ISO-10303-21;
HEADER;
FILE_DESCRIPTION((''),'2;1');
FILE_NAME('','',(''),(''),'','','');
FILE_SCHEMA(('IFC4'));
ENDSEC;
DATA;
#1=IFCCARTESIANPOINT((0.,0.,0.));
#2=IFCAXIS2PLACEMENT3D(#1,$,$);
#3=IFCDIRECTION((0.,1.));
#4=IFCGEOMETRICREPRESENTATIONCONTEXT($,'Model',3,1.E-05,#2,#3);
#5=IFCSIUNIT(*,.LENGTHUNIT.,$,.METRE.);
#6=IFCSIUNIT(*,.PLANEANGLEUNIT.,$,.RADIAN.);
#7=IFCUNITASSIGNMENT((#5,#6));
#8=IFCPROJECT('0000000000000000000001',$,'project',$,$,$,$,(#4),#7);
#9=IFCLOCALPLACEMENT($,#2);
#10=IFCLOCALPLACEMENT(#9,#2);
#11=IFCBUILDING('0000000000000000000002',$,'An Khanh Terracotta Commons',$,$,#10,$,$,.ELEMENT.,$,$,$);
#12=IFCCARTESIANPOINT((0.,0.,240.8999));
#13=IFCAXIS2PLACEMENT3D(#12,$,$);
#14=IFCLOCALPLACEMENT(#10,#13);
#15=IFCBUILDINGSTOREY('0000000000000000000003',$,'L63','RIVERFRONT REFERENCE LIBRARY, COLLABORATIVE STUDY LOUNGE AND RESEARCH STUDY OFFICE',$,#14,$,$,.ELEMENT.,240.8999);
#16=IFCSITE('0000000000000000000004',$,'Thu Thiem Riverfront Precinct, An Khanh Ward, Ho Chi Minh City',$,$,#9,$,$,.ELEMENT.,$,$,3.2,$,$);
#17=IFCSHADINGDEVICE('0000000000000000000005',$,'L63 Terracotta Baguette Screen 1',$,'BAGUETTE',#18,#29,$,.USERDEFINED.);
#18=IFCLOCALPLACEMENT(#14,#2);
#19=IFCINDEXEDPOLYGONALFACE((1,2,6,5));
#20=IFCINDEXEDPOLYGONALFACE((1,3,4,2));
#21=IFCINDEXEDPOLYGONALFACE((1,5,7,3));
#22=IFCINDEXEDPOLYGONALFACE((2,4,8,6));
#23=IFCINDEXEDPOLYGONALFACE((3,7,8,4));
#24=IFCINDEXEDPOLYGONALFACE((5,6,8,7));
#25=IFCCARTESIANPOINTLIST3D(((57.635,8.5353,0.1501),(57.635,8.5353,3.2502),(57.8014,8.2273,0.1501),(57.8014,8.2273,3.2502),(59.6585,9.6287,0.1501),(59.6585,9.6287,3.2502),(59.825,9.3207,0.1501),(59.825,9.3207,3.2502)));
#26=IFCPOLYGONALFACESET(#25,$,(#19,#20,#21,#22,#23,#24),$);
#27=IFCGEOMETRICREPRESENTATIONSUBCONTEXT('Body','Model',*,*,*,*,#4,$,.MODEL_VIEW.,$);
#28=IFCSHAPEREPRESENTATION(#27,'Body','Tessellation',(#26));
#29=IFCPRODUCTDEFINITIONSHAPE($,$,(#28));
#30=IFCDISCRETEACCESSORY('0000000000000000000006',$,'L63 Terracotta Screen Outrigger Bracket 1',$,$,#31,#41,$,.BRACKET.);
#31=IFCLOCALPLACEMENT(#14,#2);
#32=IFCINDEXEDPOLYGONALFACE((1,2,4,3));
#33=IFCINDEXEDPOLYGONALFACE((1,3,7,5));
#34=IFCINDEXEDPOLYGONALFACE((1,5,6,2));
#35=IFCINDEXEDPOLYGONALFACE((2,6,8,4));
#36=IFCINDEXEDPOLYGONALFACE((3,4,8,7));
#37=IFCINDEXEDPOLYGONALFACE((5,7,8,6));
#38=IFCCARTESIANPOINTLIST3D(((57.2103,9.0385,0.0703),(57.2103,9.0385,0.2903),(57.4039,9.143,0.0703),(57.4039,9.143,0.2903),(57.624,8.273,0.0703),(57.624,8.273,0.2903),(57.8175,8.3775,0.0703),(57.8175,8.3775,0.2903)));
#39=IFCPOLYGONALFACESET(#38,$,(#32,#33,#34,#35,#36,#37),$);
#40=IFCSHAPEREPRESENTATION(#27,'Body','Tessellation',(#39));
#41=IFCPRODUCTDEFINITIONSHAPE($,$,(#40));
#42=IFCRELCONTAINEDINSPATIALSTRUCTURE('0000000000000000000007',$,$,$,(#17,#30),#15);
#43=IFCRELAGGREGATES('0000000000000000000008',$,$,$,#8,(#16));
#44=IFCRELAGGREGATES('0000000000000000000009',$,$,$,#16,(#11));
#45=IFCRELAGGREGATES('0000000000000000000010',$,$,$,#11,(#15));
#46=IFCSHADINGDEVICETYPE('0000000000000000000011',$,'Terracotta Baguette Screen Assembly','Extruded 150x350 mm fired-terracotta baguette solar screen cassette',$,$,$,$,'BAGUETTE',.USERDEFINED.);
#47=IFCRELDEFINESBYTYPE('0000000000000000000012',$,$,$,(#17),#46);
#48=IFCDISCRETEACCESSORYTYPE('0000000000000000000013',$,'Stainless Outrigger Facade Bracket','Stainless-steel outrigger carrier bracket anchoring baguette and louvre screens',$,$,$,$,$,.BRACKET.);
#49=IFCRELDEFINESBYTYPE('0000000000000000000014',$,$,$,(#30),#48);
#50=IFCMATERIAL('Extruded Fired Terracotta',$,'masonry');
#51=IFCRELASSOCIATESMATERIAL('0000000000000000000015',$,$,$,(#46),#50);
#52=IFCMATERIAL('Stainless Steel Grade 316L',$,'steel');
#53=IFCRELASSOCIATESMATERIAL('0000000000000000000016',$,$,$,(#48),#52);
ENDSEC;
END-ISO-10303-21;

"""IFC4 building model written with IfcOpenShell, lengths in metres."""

from ifc_helpers import new_model, si_unit, direction, frame, origin, origin_2d, place, context, subcontext, project, spatial, rectangle, extrude, material, type_object, element, save


model = new_model("IFC4")

# Units and contexts
model_context = context("Model", 3, precision=1e-05, world=origin(), true_north=direction((0.0, 1.0)))
body_context = subcontext(model_context, "Body", "Model", "MODEL_VIEW")
ifc_project = project(units=[si_unit("LENGTHUNIT", "METRE"), si_unit("PLANEANGLEUNIT", "RADIAN")], contexts=[model_context])

# Site, building, storey
site_placement = place(None, origin())
site = spatial("IfcSite", under=ifc_project, at=site_placement, Name="Thu Thiem Riverfront Precinct, An Khanh Ward, Ho Chi Minh City", CompositionType="ELEMENT", RefElevation=3.2)
building_placement = place(site_placement, origin())
building = spatial("IfcBuilding", under=site, at=building_placement, Name="An Khanh Terracotta Commons", CompositionType="ELEMENT")
storey_placement = place(building_placement, frame((0.0, 0.0, 240.8999)))
storey = spatial("IfcBuildingStorey", under=building, at=storey_placement, Name="L63", Description="RIVERFRONT REFERENCE LIBRARY, COLLABORATIVE STUDY LOUNGE AND RESEARCH STUDY OFFICE", CompositionType="ELEMENT", Elevation=240.8999)

# Shading device
ifc_material_1 = material(Name="Extruded Fired Terracotta", Category="masonry")
shading_device_type = type_object("IfcShadingDeviceType", Name="Terracotta Baguette Screen Assembly", Description="Extruded 150x350 mm fired-terracotta baguette solar screen cassette", ElementType="BAGUETTE", PredefinedType="USERDEFINED", material=ifc_material_1)
shading_device_placement = place(storey_placement, frame((58.73, 8.928, 0.1501), z_axis=(0.0, 0.0, 1.0), x_axis=(0.87978, 0.475381, 0.0)))
element("IfcShadingDevice", 1, at=shading_device_placement, inside=storey, type_object=shading_device_type, Name="L63 Terracotta Baguette Screen 1", ObjectType="BAGUETTE", PredefinedType="USERDEFINED", context=body_context, shape_type="SweptSolid", body=[
    extrude(rectangle(XDim=2.3, YDim=0.3501, at=origin_2d()), origin(), (0.0, 0.0, 1.0), 3.1001),
])

# Discrete accessory
ifc_material_2 = material(Name="Stainless Steel Grade 316L", Category="steel")
discrete_accessory_type = type_object("IfcDiscreteAccessoryType", Name="Stainless Outrigger Facade Bracket", Description="Stainless-steel outrigger carrier bracket anchoring baguette and louvre screens", PredefinedType="BRACKET", material=ifc_material_2)
discrete_accessory_placement = place(storey_placement, frame((57.5139, 8.708, 0.0703), z_axis=(0.0, 0.0, 1.0), x_axis=(0.87978, 0.475381, 0.0)))
element("IfcDiscreteAccessory", 2, at=discrete_accessory_placement, inside=storey, type_object=discrete_accessory_type, Name="L63 Terracotta Screen Outrigger Bracket 1", PredefinedType="BRACKET", context=body_context, shape_type="SweptSolid", body=[
    extrude(rectangle(XDim=0.22, YDim=0.8701, at=origin_2d()), origin(), (0.0, 0.0, 1.0), 0.22),
])

save(model, "model.ifc")
